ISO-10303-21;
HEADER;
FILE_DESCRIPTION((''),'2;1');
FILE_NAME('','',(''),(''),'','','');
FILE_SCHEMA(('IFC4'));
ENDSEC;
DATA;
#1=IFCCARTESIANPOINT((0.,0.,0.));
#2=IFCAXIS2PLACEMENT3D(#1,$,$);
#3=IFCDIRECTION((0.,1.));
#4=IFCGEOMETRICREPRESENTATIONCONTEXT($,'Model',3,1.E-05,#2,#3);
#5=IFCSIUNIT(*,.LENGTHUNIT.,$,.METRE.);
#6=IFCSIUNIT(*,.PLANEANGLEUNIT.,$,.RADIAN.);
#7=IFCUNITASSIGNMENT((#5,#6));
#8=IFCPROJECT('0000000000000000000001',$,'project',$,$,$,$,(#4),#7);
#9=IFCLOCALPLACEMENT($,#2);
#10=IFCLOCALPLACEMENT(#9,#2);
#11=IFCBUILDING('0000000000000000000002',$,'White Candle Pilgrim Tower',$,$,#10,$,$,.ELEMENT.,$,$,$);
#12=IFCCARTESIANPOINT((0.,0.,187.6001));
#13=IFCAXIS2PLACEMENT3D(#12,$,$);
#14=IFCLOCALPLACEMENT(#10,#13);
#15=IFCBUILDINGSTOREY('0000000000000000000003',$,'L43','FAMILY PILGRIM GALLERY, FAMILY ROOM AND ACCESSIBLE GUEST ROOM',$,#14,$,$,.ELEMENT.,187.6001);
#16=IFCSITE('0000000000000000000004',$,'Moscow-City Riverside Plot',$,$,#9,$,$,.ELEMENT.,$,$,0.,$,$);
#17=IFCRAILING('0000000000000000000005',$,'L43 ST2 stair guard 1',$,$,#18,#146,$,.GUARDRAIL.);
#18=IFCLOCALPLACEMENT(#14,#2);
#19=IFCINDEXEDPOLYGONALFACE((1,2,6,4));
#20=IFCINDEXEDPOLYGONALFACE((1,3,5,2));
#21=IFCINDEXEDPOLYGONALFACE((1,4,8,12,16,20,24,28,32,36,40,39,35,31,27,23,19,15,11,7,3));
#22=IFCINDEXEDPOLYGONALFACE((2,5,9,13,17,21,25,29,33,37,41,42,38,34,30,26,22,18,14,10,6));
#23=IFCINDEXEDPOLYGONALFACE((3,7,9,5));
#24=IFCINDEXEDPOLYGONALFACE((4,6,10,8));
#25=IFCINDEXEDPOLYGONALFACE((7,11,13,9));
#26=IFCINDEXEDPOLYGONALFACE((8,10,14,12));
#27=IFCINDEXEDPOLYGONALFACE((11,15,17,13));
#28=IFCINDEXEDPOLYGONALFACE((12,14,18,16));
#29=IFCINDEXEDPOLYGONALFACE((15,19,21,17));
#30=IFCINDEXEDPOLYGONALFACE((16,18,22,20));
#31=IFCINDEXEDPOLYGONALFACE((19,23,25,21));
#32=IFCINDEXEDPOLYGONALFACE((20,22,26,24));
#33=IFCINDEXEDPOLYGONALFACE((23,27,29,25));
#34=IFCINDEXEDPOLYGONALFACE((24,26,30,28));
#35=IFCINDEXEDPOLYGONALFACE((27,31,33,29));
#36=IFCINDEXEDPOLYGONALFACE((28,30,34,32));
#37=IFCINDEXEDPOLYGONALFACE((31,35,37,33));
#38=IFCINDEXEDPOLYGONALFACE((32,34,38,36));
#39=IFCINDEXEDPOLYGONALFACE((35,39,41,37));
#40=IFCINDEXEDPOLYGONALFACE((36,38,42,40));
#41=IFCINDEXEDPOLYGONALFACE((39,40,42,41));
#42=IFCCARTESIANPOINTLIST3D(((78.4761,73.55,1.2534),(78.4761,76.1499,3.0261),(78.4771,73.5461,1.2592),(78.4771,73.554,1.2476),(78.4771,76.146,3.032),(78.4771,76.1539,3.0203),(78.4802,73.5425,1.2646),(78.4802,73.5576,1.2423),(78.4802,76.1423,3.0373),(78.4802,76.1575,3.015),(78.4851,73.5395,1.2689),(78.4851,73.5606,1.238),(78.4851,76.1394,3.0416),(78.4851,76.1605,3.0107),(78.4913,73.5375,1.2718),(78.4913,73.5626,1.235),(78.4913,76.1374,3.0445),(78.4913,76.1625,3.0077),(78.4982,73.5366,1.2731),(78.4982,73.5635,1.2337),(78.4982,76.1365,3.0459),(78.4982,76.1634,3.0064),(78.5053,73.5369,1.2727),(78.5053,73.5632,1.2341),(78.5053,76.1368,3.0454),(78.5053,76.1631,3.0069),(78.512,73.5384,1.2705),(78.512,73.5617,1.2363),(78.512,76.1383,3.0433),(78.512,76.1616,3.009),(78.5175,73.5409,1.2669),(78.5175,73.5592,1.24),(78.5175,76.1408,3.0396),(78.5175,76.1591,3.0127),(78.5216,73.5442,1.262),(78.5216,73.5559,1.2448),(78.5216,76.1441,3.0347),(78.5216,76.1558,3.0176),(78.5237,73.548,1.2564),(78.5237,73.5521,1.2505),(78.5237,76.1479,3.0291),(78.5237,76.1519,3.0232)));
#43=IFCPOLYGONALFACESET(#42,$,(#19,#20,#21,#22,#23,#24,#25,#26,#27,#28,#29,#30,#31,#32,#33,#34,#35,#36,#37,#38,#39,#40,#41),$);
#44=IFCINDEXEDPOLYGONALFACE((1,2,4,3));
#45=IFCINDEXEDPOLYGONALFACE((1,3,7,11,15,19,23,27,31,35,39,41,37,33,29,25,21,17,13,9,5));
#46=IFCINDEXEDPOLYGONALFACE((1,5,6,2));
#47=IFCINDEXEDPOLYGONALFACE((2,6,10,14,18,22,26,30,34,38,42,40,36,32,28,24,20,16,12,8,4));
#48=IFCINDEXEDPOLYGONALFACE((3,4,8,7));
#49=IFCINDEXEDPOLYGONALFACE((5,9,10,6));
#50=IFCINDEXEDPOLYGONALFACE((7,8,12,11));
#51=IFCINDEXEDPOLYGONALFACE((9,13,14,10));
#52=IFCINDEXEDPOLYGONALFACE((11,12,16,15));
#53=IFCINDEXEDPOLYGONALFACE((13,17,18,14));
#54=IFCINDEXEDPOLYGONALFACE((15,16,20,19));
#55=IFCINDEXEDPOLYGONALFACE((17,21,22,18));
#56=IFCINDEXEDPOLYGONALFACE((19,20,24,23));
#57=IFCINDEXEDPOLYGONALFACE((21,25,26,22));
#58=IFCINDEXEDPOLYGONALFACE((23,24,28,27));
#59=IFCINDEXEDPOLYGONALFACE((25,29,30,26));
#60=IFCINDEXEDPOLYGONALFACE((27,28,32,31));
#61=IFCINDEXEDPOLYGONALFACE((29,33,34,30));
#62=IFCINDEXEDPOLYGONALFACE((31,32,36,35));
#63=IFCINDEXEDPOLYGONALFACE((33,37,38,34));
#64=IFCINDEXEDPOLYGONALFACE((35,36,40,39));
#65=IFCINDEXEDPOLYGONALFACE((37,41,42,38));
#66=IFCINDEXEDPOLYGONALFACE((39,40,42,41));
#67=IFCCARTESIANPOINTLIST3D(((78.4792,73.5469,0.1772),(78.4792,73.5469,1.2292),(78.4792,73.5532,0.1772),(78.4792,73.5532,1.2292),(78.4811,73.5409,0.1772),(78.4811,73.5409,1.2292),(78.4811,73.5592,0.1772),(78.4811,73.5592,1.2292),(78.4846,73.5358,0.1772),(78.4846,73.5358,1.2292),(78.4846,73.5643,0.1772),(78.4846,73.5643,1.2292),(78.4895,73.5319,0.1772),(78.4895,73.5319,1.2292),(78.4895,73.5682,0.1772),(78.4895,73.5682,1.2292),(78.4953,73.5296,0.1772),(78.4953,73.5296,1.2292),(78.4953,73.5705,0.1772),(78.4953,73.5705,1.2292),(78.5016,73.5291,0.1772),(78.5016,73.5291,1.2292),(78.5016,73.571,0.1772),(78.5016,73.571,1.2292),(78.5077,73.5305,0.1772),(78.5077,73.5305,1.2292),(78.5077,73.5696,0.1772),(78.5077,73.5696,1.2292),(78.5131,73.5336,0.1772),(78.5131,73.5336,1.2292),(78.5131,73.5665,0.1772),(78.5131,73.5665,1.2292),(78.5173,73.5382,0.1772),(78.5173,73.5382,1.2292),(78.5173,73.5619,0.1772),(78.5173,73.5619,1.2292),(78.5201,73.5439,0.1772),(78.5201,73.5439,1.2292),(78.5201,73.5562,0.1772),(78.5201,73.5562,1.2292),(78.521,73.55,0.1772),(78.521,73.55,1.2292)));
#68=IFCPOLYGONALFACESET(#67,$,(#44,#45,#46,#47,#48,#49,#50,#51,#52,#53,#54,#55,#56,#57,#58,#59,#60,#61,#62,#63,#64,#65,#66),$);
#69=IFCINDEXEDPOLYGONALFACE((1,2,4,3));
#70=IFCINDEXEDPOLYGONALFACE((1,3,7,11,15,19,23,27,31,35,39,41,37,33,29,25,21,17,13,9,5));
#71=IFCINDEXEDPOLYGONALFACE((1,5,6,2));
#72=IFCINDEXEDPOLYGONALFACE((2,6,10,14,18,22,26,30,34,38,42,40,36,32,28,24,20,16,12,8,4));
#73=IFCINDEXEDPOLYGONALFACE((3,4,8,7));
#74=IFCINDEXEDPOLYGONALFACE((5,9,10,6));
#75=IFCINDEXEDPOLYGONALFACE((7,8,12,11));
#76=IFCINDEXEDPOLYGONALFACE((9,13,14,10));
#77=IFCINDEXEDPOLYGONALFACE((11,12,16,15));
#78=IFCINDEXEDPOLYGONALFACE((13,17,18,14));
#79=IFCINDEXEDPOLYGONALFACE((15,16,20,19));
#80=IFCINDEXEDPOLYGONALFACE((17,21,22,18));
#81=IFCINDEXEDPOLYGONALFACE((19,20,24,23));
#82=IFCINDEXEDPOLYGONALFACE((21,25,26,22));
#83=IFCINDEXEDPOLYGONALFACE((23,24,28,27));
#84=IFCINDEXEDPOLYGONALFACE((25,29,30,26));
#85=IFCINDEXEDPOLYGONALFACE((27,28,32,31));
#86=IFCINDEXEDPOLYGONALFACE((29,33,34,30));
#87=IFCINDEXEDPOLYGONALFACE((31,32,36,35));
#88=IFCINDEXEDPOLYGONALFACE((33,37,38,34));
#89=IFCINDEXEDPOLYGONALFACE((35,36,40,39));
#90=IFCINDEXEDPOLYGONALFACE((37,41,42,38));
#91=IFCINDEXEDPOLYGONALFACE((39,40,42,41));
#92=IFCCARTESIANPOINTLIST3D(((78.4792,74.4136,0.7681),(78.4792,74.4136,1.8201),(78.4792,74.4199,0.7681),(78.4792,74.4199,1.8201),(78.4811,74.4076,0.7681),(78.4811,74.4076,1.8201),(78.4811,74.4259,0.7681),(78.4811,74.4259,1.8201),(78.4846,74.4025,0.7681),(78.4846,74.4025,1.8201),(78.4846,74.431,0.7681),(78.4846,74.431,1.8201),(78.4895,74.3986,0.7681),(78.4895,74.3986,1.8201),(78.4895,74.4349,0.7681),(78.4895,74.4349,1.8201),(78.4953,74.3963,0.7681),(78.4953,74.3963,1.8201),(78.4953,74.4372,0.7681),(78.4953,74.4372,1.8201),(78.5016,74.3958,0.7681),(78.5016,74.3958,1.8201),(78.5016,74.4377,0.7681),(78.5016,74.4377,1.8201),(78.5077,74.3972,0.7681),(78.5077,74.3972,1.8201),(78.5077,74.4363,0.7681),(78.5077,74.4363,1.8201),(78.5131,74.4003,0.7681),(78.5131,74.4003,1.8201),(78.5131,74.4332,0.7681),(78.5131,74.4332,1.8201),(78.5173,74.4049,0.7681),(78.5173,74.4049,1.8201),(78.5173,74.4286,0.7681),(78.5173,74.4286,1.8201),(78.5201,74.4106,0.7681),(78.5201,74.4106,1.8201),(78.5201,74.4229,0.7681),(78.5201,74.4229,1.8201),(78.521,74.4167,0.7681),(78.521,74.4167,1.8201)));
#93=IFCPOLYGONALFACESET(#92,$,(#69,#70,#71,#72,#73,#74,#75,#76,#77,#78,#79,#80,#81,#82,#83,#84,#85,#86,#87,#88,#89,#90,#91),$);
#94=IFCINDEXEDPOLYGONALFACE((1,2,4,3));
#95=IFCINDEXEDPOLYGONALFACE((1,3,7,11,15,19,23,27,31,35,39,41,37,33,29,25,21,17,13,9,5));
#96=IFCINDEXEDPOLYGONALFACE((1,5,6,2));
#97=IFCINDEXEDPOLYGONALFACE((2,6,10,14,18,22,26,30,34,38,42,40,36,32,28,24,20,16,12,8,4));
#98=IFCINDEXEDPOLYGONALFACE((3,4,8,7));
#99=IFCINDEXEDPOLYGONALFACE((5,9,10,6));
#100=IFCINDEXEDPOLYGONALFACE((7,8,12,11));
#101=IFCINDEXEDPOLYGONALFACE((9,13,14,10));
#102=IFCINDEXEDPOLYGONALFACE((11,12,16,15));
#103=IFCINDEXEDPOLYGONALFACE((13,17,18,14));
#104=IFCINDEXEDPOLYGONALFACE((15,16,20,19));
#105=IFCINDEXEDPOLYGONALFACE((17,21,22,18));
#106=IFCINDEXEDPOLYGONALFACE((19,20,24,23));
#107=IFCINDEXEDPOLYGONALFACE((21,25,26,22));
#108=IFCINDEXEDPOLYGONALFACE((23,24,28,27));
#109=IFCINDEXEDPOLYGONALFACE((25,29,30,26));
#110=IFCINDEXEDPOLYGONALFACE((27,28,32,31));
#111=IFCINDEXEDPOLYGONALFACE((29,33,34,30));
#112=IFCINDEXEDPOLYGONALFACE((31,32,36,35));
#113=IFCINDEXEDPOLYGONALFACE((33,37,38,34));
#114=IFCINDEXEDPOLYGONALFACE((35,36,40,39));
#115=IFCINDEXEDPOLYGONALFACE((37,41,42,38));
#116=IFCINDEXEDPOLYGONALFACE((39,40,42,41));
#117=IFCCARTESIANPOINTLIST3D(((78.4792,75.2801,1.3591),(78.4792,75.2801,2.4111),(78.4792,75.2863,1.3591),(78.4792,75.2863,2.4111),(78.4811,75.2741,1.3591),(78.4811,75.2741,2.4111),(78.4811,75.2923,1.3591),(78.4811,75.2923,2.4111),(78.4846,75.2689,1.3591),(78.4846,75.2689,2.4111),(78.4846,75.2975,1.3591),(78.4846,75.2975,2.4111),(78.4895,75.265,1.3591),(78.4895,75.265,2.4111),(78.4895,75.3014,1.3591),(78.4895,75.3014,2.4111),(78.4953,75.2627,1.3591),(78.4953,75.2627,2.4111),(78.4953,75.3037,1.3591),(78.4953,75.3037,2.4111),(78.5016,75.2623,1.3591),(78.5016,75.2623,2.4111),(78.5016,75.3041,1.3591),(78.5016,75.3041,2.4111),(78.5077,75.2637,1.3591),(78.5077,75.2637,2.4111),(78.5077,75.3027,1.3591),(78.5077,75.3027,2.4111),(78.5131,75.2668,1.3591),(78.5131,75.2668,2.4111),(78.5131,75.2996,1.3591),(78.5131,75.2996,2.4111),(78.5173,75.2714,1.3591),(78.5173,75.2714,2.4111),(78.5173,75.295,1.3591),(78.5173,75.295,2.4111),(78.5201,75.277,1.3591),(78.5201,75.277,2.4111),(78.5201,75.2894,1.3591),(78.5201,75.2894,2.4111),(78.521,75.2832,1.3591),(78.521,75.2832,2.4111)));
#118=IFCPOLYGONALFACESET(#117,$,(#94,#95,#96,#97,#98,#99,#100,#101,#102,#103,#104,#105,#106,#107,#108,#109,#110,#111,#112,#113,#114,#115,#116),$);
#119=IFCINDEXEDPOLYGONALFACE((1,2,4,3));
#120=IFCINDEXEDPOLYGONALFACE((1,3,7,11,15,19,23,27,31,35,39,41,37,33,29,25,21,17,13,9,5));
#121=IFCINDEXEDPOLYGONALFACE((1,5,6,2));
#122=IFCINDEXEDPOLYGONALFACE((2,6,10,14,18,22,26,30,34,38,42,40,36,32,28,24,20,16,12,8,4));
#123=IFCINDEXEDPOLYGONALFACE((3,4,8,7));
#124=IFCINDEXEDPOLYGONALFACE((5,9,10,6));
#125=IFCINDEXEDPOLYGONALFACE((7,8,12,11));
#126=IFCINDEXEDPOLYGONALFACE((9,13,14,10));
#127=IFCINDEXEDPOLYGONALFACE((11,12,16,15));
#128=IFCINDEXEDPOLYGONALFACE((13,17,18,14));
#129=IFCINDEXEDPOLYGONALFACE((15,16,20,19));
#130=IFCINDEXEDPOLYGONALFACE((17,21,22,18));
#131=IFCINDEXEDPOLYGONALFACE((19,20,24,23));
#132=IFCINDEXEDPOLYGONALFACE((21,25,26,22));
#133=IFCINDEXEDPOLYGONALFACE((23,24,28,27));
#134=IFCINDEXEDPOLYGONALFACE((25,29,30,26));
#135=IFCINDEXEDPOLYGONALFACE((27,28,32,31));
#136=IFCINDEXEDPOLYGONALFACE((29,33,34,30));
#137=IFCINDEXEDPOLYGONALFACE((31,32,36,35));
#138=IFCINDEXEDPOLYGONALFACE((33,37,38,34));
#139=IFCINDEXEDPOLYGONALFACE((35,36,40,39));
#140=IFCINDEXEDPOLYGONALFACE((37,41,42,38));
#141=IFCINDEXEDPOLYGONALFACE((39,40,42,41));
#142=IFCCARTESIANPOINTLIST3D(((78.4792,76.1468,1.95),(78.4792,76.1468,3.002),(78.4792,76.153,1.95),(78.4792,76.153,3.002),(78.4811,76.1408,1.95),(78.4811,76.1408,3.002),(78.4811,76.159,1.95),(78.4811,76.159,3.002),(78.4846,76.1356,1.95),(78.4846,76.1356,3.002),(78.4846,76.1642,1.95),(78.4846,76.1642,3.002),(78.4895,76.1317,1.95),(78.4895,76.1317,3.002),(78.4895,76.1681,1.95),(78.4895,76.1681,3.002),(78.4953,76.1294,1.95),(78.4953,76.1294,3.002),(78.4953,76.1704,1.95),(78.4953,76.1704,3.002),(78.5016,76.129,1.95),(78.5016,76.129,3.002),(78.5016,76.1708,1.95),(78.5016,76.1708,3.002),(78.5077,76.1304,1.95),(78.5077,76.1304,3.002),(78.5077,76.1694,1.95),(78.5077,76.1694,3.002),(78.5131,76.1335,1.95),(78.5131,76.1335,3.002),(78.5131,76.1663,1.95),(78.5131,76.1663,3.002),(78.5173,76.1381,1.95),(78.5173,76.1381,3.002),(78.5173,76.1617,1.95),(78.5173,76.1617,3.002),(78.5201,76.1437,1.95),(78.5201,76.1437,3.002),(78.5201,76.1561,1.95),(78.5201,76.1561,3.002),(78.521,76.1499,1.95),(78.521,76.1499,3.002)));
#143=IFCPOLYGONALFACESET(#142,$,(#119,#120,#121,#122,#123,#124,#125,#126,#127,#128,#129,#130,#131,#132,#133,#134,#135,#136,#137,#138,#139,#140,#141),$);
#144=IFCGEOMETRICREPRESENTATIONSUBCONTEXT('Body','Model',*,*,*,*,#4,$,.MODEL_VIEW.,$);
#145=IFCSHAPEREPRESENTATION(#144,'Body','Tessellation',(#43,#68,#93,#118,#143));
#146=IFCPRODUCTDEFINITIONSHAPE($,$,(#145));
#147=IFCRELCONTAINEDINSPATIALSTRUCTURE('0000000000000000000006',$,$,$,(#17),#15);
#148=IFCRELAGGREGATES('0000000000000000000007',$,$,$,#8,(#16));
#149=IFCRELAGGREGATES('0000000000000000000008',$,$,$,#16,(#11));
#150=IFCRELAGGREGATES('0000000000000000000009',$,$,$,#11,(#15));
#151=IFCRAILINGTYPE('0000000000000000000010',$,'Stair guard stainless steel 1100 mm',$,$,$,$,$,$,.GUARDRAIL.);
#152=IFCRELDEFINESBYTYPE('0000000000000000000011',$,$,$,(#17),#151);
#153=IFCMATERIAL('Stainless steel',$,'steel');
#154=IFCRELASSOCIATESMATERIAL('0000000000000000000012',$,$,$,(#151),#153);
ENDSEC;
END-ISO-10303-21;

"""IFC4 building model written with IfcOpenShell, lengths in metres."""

from ifc_helpers import new_model, si_unit, direction, frame, origin, origin_2d, place, context, subcontext, project, spatial, circle, extrude, material, type_object, element, save


model = new_model("IFC4")

# Units and contexts
model_context = context("Model", 3, precision=1e-05, world=origin(), true_north=direction((0.0, 1.0)))
body_context = subcontext(model_context, "Body", "Model", "MODEL_VIEW")
ifc_project = project(units=[si_unit("LENGTHUNIT", "METRE"), si_unit("PLANEANGLEUNIT", "RADIAN")], contexts=[model_context])

# Site, building, storey
site_placement = place(None, origin())
site = spatial("IfcSite", under=ifc_project, at=site_placement, Name="Moscow-City Riverside Plot", CompositionType="ELEMENT", RefElevation=0.0)
building_placement = place(site_placement, origin())
building = spatial("IfcBuilding", under=site, at=building_placement, Name="White Candle Pilgrim Tower", CompositionType="ELEMENT")
storey_placement = place(building_placement, frame((0.0, 0.0, 187.6001)))
storey = spatial("IfcBuildingStorey", under=building, at=storey_placement, Name="L43", Description="FAMILY PILGRIM GALLERY, FAMILY ROOM AND ACCESSIBLE GUEST ROOM", CompositionType="ELEMENT", Elevation=187.6001)

# Railing
ifc_material_1 = material(Name="Stainless steel", Category="steel")
railing_type_1 = type_object("IfcRailingType", Name="Stair guard stainless steel 1100 mm", PredefinedType="GUARDRAIL", material=ifc_material_1)
railing_1_placement = place(storey_placement, frame((78.5, 73.55, 0.1772)))
element("IfcRailing", 1, at=railing_1_placement, inside=storey, type_object=railing_type_1, Name="L43 ST2 stair guard 1", PredefinedType="GUARDRAIL", context=body_context, shape_type="SweptSolid", body=[
    extrude(circle(Radius=0.0239, at=origin_2d()), frame((0.0, 0.0, 1.0762), z_axis=(0.0, 0.826216, 0.563354), x_axis=(-1.0, 0.0, 0.0)), (0.0, 0.0, 1.0), 3.1467),
    extrude(circle(Radius=0.021, at=origin_2d()), origin(), (0.0, 0.0, 1.0), 1.052),
    extrude(circle(Radius=0.021, at=origin_2d()), frame((0.0, 0.8667, 0.5908)), (0.0, 0.0, 1.0), 1.052),
    extrude(circle(Radius=0.021, at=origin_2d()), frame((0.0, 1.7332, 1.1819)), (0.0, 0.0, 1.0), 1.052),
    extrude(circle(Radius=0.021, at=origin_2d()), frame((0.0, 2.5999, 1.7727)), (0.0, 0.0, 1.0), 1.052),
])

save(model, "model.ifc")
